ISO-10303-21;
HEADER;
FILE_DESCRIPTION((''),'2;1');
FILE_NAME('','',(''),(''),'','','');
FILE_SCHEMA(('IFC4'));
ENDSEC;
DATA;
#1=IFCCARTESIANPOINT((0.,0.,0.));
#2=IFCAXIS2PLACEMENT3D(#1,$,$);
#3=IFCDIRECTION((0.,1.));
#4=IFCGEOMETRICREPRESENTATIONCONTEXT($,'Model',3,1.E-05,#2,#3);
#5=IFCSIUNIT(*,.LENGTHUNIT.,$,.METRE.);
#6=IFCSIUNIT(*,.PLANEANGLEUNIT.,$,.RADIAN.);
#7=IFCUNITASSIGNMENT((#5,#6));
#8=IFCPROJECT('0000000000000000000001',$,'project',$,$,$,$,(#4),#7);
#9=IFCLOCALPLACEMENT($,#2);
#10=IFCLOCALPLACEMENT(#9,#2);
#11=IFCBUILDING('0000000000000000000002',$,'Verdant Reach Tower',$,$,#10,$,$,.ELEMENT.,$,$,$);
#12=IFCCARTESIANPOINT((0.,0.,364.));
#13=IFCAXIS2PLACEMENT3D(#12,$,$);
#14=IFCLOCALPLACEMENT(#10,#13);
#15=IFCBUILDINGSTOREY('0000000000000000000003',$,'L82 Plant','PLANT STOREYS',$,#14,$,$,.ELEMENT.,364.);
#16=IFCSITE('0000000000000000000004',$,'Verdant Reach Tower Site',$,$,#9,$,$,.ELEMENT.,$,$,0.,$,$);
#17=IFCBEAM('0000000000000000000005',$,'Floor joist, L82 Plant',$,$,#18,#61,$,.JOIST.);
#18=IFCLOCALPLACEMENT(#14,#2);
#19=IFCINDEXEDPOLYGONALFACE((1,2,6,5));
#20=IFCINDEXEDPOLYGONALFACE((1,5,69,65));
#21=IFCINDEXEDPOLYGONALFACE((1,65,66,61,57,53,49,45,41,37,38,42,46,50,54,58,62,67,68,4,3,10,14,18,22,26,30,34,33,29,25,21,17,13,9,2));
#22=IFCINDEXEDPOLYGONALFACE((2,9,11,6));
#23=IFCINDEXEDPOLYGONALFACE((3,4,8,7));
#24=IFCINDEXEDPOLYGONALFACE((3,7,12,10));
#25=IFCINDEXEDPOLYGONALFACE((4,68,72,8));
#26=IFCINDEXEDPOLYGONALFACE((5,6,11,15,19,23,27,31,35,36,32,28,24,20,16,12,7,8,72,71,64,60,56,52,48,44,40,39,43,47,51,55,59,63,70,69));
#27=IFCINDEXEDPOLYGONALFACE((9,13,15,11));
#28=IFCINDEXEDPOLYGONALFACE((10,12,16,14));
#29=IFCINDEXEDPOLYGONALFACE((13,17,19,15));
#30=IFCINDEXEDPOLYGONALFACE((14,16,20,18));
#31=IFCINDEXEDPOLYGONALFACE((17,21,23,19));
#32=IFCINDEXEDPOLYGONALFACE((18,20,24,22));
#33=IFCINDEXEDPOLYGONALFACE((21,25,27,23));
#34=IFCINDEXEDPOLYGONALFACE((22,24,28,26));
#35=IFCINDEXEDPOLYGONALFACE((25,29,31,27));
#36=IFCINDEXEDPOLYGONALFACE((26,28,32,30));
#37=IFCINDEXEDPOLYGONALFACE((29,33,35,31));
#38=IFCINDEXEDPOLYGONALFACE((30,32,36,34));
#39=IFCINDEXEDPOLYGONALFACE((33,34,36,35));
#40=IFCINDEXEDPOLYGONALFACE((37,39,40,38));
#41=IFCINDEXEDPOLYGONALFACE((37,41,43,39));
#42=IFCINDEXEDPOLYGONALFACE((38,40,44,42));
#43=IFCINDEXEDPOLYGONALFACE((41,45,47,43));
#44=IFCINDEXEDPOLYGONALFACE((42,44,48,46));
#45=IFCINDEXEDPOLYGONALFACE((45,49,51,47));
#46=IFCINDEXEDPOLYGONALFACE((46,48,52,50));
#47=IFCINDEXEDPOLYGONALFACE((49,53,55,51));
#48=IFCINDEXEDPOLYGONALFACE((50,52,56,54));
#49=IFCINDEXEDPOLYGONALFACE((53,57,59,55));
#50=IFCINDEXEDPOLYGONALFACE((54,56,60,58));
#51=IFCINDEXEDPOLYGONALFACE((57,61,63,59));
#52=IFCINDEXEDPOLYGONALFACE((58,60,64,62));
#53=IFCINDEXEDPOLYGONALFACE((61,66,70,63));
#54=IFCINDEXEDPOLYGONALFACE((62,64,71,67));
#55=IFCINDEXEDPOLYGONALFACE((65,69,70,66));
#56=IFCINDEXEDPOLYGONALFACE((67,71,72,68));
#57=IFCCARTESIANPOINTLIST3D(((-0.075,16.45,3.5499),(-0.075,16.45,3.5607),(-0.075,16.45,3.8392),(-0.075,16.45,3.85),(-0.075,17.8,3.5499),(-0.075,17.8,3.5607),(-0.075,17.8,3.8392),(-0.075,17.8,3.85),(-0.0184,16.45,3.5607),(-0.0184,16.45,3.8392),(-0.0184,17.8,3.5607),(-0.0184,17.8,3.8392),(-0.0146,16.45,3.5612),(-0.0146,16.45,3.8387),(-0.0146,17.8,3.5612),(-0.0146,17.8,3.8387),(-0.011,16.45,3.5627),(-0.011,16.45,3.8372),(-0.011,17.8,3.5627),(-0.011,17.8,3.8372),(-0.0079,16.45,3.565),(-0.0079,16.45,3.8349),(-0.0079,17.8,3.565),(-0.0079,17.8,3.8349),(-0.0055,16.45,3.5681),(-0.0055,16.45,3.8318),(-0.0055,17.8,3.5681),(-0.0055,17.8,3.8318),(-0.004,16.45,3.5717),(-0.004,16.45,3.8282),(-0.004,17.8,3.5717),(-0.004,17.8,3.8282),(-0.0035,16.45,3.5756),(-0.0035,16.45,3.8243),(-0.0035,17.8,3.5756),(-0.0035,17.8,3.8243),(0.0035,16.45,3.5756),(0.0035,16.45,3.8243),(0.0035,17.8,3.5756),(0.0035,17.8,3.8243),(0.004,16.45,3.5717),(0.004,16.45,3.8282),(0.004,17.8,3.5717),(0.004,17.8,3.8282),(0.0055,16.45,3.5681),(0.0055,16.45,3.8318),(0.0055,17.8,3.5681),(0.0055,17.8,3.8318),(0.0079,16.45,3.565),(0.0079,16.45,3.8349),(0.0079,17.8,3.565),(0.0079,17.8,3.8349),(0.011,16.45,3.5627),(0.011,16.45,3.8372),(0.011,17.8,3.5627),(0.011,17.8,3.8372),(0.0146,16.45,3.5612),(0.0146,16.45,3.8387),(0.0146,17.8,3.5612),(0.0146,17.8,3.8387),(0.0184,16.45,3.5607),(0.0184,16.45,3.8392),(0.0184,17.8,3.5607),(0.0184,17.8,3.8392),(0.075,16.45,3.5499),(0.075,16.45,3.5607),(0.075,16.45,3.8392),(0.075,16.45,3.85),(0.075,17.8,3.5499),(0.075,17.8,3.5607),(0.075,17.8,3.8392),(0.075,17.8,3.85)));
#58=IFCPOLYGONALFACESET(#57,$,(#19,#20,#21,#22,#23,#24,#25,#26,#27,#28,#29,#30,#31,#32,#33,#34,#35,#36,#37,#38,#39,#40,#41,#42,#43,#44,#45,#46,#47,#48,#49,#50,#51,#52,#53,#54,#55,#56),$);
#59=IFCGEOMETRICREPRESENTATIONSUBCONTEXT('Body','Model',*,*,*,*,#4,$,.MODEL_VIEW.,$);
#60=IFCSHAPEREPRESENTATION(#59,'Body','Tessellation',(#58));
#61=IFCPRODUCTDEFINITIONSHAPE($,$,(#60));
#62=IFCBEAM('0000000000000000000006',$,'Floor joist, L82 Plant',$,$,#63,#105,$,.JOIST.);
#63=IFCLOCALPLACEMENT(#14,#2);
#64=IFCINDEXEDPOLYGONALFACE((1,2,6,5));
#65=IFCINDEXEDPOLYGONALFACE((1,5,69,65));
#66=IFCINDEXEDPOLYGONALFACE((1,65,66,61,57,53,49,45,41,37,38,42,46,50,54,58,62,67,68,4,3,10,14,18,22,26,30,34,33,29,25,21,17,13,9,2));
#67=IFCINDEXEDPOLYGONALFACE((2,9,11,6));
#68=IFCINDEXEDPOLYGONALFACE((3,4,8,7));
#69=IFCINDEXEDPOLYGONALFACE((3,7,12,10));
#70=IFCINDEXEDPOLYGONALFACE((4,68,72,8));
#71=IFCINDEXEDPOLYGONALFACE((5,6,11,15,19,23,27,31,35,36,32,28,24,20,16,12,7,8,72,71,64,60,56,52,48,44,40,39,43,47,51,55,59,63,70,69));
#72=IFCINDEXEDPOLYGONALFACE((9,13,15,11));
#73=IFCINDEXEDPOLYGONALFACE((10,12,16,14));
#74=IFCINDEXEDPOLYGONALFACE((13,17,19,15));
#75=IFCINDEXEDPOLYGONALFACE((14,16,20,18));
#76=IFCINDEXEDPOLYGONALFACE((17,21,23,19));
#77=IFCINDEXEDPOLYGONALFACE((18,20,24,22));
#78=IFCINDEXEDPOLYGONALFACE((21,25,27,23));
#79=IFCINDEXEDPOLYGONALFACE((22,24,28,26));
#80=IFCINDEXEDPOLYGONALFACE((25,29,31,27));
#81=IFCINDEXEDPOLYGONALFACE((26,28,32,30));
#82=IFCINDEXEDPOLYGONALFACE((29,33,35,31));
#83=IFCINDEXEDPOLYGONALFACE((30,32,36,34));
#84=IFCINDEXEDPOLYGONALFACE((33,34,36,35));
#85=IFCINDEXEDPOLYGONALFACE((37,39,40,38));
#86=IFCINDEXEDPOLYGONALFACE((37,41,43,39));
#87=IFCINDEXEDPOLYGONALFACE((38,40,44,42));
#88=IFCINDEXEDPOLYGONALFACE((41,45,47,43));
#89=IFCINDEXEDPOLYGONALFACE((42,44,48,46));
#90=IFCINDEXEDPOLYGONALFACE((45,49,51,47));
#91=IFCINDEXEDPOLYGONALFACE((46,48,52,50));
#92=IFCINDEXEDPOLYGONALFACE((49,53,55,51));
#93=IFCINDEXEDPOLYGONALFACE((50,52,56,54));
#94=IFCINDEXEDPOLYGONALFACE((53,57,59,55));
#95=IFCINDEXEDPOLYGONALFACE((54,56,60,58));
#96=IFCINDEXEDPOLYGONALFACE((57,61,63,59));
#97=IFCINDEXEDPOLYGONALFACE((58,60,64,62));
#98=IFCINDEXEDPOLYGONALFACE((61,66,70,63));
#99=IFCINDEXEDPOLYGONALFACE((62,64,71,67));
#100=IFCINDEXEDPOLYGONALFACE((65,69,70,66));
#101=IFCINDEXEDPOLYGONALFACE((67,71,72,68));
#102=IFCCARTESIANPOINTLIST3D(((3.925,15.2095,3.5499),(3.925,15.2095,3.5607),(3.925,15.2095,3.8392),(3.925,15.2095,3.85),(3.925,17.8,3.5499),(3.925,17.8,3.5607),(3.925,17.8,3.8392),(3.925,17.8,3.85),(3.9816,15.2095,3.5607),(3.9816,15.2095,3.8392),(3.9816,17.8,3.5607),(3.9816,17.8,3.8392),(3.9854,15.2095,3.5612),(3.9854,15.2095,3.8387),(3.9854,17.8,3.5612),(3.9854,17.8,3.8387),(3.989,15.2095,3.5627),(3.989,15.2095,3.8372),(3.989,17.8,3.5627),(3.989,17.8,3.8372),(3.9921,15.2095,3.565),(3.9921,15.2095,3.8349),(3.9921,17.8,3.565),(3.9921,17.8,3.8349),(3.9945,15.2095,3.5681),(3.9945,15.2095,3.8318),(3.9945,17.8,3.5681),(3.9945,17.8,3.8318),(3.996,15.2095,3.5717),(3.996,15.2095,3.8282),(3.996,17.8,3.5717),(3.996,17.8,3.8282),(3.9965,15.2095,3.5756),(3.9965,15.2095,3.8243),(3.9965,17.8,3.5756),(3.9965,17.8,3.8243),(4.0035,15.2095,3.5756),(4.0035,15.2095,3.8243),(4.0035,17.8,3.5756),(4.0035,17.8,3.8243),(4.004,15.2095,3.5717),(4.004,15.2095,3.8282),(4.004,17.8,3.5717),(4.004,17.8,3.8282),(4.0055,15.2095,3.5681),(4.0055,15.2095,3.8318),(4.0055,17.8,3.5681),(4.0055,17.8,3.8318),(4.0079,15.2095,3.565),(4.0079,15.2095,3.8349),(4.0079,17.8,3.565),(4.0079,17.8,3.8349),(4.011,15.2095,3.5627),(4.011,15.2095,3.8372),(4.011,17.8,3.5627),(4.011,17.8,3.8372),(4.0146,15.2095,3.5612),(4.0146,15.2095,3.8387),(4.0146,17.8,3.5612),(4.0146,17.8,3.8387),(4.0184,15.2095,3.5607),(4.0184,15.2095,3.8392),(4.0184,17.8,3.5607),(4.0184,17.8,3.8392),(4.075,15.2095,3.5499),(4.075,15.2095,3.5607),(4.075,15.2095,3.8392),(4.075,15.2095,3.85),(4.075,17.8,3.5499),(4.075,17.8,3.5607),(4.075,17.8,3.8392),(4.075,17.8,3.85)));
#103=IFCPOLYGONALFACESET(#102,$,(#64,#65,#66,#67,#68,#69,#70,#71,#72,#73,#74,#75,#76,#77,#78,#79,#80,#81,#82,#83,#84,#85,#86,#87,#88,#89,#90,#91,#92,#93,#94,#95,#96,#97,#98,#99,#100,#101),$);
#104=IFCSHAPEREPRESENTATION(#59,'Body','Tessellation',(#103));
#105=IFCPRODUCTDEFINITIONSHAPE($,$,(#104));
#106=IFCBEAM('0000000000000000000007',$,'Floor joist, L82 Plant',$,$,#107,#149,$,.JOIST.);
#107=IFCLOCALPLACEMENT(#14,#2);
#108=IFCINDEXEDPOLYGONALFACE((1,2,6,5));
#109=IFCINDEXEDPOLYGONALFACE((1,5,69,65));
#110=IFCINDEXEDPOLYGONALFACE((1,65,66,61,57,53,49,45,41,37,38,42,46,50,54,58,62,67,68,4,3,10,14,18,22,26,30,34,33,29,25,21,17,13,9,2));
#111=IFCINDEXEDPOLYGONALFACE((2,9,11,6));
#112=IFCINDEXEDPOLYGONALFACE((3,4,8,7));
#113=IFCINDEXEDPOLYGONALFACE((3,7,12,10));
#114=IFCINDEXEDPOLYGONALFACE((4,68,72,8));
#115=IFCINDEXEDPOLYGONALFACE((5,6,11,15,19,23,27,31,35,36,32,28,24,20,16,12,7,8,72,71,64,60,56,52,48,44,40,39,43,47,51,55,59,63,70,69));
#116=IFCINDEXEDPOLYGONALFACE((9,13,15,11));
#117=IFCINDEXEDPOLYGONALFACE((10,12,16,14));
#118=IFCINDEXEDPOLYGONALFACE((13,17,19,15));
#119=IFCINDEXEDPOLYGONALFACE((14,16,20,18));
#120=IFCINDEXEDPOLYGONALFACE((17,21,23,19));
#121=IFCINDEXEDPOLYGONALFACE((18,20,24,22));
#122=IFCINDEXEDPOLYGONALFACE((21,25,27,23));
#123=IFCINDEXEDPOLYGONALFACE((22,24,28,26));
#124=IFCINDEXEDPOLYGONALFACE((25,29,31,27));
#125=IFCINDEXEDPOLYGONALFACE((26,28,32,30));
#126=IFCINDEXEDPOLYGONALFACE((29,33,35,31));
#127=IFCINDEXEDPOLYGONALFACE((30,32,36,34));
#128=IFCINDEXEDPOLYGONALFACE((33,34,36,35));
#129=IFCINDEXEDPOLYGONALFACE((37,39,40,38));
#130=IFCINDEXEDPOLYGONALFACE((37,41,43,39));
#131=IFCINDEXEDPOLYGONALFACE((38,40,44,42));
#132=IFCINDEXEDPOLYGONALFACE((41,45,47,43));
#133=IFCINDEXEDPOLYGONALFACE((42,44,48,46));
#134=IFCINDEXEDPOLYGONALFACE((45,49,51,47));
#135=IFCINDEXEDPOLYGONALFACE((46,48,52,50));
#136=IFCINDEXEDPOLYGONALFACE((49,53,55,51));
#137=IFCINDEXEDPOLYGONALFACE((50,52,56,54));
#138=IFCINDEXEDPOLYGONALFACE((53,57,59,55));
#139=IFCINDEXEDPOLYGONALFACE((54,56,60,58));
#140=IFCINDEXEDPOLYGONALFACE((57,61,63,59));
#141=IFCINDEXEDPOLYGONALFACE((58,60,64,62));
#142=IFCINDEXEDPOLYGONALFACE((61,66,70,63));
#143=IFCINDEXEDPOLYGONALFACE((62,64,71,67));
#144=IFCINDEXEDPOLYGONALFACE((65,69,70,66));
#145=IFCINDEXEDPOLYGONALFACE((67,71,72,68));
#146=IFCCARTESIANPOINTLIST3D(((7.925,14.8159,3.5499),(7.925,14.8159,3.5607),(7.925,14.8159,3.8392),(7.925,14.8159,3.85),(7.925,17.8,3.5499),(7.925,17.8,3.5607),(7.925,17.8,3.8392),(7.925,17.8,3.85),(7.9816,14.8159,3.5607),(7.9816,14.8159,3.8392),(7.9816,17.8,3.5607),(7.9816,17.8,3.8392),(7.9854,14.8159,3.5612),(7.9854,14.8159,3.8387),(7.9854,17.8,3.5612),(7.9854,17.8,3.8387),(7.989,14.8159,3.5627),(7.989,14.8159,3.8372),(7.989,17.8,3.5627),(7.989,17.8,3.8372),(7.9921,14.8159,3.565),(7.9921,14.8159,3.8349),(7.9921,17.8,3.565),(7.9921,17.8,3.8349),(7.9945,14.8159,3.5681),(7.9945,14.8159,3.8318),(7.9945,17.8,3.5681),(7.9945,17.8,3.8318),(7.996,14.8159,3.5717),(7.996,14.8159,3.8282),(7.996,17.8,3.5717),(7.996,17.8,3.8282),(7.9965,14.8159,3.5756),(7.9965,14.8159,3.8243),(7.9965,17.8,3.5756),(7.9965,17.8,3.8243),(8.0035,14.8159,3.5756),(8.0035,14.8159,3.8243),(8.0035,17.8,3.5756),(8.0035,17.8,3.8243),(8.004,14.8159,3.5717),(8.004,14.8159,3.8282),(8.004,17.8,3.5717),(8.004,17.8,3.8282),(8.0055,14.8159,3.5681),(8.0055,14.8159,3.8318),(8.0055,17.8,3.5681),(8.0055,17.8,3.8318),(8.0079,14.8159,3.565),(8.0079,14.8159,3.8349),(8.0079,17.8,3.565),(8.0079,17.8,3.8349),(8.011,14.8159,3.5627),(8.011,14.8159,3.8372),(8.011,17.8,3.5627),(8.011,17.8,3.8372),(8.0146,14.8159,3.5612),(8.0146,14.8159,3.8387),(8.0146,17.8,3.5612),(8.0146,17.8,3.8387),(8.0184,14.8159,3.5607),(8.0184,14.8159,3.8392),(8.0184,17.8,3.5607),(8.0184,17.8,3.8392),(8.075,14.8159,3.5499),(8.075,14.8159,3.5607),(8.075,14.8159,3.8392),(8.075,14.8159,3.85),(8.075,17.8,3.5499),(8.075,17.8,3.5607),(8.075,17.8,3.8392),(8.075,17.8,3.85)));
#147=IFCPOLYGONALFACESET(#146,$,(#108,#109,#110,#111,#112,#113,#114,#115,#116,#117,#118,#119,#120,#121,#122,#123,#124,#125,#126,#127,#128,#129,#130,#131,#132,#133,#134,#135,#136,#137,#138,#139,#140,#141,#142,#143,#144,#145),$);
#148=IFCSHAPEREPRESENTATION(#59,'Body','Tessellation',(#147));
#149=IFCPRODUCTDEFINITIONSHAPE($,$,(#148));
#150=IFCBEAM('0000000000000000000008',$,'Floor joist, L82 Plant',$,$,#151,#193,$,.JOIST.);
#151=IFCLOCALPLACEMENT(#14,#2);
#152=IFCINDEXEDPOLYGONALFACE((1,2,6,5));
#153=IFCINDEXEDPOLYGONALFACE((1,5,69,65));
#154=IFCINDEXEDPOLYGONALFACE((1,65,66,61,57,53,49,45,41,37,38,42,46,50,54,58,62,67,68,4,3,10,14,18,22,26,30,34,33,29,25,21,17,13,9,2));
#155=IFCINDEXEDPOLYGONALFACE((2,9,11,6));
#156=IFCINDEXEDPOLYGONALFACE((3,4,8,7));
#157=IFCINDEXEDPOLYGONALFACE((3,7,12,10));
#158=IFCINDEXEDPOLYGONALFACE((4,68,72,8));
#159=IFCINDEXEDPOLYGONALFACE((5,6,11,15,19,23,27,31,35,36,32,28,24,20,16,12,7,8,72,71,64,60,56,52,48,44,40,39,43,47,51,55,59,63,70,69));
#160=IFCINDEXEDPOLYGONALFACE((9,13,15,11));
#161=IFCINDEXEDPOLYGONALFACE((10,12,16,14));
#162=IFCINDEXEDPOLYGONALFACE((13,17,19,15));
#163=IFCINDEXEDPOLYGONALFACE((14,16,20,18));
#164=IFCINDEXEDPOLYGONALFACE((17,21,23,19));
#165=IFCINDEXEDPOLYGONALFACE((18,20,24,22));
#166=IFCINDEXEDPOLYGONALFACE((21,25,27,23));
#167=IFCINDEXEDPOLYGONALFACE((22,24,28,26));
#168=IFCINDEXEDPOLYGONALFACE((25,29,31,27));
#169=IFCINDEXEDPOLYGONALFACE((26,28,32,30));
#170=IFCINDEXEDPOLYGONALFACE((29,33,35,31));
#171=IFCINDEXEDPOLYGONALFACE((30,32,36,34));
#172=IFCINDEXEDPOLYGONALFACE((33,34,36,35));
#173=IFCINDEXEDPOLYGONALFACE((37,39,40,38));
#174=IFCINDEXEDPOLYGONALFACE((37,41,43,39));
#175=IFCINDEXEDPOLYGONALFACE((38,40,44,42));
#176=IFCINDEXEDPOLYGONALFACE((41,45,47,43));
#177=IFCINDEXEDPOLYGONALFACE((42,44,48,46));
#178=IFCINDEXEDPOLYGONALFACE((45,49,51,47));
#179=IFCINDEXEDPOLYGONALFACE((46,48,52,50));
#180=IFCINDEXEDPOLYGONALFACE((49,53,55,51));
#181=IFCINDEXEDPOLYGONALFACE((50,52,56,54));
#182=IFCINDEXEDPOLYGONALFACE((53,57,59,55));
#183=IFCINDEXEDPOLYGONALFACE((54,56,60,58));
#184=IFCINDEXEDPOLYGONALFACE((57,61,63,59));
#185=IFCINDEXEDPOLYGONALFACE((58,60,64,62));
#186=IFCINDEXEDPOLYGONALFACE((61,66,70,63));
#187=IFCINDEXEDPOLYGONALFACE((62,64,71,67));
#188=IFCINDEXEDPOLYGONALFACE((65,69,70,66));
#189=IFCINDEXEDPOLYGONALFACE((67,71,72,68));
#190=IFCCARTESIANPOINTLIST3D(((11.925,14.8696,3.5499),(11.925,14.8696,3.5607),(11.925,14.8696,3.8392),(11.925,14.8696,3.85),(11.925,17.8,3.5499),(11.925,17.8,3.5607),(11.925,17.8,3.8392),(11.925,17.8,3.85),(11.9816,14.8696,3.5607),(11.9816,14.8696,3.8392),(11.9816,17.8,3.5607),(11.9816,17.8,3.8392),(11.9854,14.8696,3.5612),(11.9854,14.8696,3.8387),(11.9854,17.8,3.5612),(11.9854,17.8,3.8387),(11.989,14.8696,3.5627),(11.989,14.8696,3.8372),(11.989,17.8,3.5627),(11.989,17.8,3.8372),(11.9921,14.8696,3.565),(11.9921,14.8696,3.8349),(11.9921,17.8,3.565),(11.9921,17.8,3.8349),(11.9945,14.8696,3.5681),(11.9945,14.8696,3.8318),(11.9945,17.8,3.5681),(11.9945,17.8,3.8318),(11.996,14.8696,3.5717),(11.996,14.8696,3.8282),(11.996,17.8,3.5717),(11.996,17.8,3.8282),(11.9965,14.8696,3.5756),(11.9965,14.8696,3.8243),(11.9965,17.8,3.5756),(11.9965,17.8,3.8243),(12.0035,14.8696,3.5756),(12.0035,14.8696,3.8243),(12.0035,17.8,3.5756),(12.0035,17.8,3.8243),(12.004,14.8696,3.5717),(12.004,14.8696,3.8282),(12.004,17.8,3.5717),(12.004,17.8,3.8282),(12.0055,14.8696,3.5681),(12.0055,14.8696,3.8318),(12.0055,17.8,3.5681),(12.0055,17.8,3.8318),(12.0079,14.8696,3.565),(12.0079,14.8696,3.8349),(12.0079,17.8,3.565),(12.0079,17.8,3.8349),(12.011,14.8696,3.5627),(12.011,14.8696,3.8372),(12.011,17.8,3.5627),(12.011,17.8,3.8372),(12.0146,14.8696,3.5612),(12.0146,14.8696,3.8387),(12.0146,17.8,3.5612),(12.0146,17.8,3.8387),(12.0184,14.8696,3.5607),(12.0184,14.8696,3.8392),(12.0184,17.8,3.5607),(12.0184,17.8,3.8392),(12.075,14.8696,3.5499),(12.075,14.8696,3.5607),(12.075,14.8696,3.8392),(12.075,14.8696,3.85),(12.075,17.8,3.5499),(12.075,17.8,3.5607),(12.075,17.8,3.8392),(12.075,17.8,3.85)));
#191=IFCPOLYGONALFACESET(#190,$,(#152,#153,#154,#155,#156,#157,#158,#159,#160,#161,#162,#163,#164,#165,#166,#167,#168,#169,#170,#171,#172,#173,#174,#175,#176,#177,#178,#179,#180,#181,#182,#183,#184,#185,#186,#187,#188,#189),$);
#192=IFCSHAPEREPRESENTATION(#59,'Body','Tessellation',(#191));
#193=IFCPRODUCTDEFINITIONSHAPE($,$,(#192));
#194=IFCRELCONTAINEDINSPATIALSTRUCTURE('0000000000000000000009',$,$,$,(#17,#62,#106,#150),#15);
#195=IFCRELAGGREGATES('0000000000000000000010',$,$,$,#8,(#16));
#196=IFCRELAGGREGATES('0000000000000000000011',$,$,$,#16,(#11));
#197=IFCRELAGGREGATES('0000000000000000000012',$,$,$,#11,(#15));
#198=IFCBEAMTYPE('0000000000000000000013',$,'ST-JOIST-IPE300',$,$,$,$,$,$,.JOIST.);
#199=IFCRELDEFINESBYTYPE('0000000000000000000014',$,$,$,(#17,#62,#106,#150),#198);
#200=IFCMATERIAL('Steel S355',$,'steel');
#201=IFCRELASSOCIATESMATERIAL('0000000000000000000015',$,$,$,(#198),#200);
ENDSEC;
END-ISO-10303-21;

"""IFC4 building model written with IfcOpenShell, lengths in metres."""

from ifc_helpers import new_model, si_unit, direction, frame, origin, origin_2d, place, context, subcontext, project, spatial, i_section, extrude, material, material_profile, profile_set, type_object, element, save


model = new_model("IFC4")

# Units and contexts
model_context = context("Model", 3, precision=1e-05, world=origin(), true_north=direction((0.0, 1.0)))
body_context = subcontext(model_context, "Body", "Model", "MODEL_VIEW")
ifc_project = project(units=[si_unit("LENGTHUNIT", "METRE"), si_unit("PLANEANGLEUNIT", "RADIAN")], contexts=[model_context])

# Site, building, storey
site_placement = place(None, origin())
site = spatial("IfcSite", under=ifc_project, at=site_placement, Name="Verdant Reach Tower Site", CompositionType="ELEMENT", RefElevation=0.0)
building_placement = place(site_placement, origin())
building = spatial("IfcBuilding", under=site, at=building_placement, Name="Verdant Reach Tower", CompositionType="ELEMENT")
storey_placement = place(building_placement, frame((0.0, 0.0, 364.0)))
storey = spatial("IfcBuildingStorey", under=building, at=storey_placement, Name="L82 Plant", Description="PLANT STOREYS", CompositionType="ELEMENT", Elevation=364.0)

# Beams
ifc_material_1 = material(Name="Steel S355", Category="steel")
ifc_material_profile_1 = material_profile(ifc_material_1, i_section(OverallWidth=0.1499, OverallDepth=0.3, WebThickness=0.0071, FlangeThickness=0.0107, FilletRadius=0.0149, at=origin_2d()), Name="IPE 300")
ifc_profile_set_1 = profile_set([ifc_material_profile_1], Name="Steel S355")
beam_type_1 = type_object("IfcBeamType", Name="ST-JOIST-IPE300", PredefinedType="JOIST", material=ifc_profile_set_1)
beam_1_placement = place(storey_placement, frame((0.0, 17.8, 3.7), z_axis=(0.0, -1.0, 0.0), x_axis=(1.0, 0.0, 0.0)))
element("IfcBeam", 1, at=beam_1_placement, inside=storey, type_object=beam_type_1, Name="Floor joist, L82 Plant", PredefinedType="JOIST", context=body_context, shape_type="SweptSolid", body=[
    extrude(i_section(OverallWidth=0.1499, OverallDepth=0.3, WebThickness=0.0071, FlangeThickness=0.0107, FilletRadius=0.0149, at=origin_2d()), origin(), (0.0, 0.0, 1.0), 1.3501),
])
beam_2_placement = place(storey_placement, frame((4.0, 17.8, 3.7), z_axis=(0.0, -1.0, 0.0), x_axis=(1.0, 0.0, 0.0)))
element("IfcBeam", 2, at=beam_2_placement, inside=storey, type_object=beam_type_1, Name="Floor joist, L82 Plant", PredefinedType="JOIST", context=body_context, shape_type="SweptSolid", body=[
    extrude(i_section(OverallWidth=0.1499, OverallDepth=0.3, WebThickness=0.0071, FlangeThickness=0.0107, FilletRadius=0.0149, at=origin_2d()), origin(), (0.0, 0.0, 1.0), 2.5906),
])
beam_3_placement = place(storey_placement, frame((8.0, 17.8, 3.7), z_axis=(0.0, -1.0, 0.0), x_axis=(1.0, 0.0, 0.0)))
element("IfcBeam", 3, at=beam_3_placement, inside=storey, type_object=beam_type_1, Name="Floor joist, L82 Plant", PredefinedType="JOIST", context=body_context, shape_type="SweptSolid", body=[
    extrude(i_section(OverallWidth=0.1499, OverallDepth=0.3, WebThickness=0.0071, FlangeThickness=0.0107, FilletRadius=0.0149, at=origin_2d()), origin(), (0.0, 0.0, 1.0), 2.9841),
])
beam_4_placement = place(storey_placement, frame((12.0, 17.8, 3.7), z_axis=(0.0, -1.0, 0.0), x_axis=(1.0, 0.0, 0.0)))
element("IfcBeam", 4, at=beam_4_placement, inside=storey, type_object=beam_type_1, Name="Floor joist, L82 Plant", PredefinedType="JOIST", context=body_context, shape_type="SweptSolid", body=[
    extrude(i_section(OverallWidth=0.1499, OverallDepth=0.3, WebThickness=0.0071, FlangeThickness=0.0107, FilletRadius=0.0149, at=origin_2d()), origin(), (0.0, 0.0, 1.0), 2.9304),
])

save(model, "model.ifc")
